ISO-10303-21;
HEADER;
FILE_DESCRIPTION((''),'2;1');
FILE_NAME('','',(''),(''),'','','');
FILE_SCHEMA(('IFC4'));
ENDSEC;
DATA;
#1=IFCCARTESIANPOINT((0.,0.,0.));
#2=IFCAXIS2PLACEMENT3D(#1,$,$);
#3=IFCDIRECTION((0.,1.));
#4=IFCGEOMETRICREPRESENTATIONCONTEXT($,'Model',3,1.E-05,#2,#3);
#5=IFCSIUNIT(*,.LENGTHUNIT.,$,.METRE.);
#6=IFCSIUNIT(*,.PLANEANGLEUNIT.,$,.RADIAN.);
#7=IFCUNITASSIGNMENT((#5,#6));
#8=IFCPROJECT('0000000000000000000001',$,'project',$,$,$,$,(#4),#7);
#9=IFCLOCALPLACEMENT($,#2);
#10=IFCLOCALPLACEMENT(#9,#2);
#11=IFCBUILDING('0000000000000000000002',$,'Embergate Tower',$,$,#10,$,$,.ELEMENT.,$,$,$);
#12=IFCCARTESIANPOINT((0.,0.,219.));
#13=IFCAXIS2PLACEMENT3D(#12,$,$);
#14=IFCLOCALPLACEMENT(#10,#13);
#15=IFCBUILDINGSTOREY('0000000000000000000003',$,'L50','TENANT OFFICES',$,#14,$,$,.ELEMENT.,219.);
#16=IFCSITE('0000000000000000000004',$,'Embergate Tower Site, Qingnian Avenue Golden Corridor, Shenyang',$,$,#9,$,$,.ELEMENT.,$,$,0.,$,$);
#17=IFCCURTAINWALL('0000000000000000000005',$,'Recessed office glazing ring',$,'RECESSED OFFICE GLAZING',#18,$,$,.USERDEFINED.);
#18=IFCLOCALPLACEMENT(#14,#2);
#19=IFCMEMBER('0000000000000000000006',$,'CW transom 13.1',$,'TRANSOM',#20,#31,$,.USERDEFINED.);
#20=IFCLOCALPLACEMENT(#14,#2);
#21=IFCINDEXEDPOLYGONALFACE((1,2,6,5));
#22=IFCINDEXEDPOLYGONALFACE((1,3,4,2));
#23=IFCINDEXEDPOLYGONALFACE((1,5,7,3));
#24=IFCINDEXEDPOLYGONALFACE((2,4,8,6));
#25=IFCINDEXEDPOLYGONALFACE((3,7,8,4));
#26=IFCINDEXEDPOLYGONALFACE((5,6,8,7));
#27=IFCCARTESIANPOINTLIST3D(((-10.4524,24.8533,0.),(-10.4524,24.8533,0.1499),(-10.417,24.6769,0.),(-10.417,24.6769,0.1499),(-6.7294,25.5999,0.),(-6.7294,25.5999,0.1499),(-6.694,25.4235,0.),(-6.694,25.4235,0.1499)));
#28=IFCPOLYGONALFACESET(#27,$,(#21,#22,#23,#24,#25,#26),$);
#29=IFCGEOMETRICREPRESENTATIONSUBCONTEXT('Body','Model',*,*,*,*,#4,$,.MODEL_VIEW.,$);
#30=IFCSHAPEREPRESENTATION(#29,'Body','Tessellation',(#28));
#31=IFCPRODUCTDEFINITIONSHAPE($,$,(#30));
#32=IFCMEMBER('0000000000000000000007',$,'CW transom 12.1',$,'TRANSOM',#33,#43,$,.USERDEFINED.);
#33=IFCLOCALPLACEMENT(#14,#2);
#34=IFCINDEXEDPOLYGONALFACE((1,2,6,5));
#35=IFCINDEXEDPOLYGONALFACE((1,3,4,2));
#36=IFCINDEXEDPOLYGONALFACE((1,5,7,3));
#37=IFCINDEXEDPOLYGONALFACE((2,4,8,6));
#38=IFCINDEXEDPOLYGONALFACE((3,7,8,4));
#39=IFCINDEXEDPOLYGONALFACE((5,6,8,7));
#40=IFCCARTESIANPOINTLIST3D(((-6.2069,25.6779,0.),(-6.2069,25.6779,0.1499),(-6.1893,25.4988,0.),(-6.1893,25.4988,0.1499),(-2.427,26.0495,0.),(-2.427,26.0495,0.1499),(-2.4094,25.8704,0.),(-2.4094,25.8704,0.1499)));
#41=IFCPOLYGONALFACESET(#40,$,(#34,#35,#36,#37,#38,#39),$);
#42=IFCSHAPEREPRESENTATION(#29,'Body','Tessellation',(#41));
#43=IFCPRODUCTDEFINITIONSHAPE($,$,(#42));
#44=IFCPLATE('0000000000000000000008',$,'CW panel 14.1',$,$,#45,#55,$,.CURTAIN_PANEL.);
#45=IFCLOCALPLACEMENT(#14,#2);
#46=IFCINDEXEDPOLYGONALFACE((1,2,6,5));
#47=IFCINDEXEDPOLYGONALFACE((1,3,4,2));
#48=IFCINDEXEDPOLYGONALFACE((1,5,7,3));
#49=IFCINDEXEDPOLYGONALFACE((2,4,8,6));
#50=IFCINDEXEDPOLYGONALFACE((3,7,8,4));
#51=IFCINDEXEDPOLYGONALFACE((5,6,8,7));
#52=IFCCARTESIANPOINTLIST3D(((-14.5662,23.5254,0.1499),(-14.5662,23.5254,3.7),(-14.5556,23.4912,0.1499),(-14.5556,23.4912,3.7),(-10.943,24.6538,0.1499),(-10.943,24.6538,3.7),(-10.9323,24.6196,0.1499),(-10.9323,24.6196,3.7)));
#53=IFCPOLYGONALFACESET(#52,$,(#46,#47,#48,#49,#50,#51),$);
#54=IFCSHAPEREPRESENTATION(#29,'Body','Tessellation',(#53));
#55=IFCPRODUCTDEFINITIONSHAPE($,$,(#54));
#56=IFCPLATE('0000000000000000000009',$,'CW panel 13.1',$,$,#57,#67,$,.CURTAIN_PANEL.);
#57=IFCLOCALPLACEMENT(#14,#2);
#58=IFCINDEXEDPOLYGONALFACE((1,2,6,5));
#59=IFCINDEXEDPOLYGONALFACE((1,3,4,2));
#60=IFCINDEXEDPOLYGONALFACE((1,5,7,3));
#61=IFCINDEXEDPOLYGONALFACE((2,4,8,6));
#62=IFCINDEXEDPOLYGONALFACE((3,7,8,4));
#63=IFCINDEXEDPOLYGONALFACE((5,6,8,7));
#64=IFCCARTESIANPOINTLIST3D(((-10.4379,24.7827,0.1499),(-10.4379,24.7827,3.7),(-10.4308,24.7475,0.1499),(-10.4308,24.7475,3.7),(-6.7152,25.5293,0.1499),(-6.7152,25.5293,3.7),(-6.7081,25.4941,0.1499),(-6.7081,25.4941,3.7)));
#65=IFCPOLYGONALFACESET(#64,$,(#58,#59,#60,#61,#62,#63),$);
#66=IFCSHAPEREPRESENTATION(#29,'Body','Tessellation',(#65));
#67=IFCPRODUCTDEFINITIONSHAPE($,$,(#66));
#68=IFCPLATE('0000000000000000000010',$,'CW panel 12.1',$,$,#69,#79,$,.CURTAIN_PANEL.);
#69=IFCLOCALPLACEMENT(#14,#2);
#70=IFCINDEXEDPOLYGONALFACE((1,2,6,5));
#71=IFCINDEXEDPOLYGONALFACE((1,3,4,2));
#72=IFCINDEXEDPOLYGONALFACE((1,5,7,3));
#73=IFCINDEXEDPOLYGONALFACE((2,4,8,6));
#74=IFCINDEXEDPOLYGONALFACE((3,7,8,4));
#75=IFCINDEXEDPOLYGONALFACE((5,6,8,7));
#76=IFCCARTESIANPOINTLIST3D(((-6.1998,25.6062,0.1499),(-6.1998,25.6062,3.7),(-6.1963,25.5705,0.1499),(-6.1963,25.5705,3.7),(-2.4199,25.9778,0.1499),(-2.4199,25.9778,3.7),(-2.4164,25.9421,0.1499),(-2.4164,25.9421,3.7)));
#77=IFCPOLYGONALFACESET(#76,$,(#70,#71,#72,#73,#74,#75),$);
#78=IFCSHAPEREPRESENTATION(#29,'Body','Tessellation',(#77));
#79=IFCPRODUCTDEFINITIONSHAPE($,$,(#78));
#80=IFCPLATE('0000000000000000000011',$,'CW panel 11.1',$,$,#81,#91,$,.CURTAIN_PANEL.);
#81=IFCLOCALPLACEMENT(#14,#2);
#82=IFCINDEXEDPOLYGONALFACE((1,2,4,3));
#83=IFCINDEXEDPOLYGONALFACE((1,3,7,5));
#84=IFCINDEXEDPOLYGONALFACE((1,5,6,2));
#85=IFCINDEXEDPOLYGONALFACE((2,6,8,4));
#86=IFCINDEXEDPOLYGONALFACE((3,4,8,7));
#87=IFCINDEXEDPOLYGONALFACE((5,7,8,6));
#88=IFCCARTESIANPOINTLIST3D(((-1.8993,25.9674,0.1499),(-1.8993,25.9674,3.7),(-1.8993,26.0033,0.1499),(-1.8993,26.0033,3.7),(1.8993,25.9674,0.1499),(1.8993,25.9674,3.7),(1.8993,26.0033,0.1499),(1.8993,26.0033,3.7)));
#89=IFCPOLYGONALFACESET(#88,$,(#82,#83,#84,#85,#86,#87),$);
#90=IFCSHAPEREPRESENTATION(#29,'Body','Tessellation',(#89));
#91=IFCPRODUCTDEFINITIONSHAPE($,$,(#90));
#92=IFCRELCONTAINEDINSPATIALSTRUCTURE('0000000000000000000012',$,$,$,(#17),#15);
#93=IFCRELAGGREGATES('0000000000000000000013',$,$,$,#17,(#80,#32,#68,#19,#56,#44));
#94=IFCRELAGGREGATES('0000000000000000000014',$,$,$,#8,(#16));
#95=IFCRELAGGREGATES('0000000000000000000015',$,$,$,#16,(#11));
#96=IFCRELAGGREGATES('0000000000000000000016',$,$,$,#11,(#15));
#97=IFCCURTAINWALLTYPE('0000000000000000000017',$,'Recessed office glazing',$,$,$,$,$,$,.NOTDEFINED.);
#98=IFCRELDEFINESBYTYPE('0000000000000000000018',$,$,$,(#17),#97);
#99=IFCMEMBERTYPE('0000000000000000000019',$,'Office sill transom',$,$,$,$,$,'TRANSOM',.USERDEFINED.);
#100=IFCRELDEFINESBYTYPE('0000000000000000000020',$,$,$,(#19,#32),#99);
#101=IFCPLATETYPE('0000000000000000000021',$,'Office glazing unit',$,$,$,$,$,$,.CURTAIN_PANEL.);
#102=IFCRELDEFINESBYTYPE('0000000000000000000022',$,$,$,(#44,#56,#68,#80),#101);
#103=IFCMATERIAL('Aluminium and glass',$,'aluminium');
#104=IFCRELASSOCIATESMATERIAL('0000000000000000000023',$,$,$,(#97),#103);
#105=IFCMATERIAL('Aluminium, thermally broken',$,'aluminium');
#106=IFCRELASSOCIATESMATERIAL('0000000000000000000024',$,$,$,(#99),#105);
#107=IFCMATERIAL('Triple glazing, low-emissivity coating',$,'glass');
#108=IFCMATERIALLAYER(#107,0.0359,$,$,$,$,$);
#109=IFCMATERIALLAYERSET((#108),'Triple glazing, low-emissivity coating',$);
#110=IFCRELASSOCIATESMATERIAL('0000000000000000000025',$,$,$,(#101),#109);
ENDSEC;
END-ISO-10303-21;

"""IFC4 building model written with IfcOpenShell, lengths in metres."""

from ifc_helpers import new_model, si_unit, direction, frame, origin, origin_2d, place, context, subcontext, project, spatial, rectangle, extrude, source, transform, mapped, material, layer, layer_set, material_profile, profile_set, type_object, element, aggregate, save


model = new_model("IFC4")

# Units and contexts
model_context = context("Model", 3, precision=1e-05, world=origin(), true_north=direction((0.0, 1.0)))
body_context = subcontext(model_context, "Body", "Model", "MODEL_VIEW")
ifc_project = project(units=[si_unit("LENGTHUNIT", "METRE"), si_unit("PLANEANGLEUNIT", "RADIAN")], contexts=[model_context])

# Site, building, storey
site_placement = place(None, origin())
site = spatial("IfcSite", under=ifc_project, at=site_placement, Name="Embergate Tower Site, Qingnian Avenue Golden Corridor, Shenyang", CompositionType="ELEMENT", RefElevation=0.0)
building_placement = place(site_placement, origin())
building = spatial("IfcBuilding", under=site, at=building_placement, Name="Embergate Tower", CompositionType="ELEMENT")
storey_placement = place(building_placement, frame((0.0, 0.0, 219.0)))
storey = spatial("IfcBuildingStorey", under=building, at=storey_placement, Name="L50", Description="TENANT OFFICES", CompositionType="ELEMENT", Elevation=219.0)

# Curtain wall, members, plates
ifc_material_1 = material(Name="Aluminium and glass", Category="aluminium")
curtain_wall_type = type_object("IfcCurtainWallType", Name="Recessed office glazing", PredefinedType="NOTDEFINED", material=ifc_material_1)
curtain_wall_placement = place(storey_placement, origin())
curtain_wall = element("IfcCurtainWall", 1, at=curtain_wall_placement, inside=storey, type_object=curtain_wall_type, Name="Recessed office glazing ring", ObjectType="RECESSED OFFICE GLAZING", PredefinedType="USERDEFINED")
ifc_material_2 = material(Name="Aluminium, thermally broken", Category="aluminium")
ifc_material_profile_1 = material_profile(ifc_material_2, rectangle(XDim=0.1799, YDim=0.1499, at=origin_2d()), Name="AL 150x180")
ifc_profile_set_1 = profile_set([ifc_material_profile_1], Name="Aluminium, thermally broken")
member_type_1 = type_object("IfcMemberType", Name="Office sill transom", ElementType="TRANSOM", PredefinedType="USERDEFINED", material=ifc_profile_set_1)
shared_shape_1 = source(origin(), body_context, "Body", "SweptSolid", [
    extrude(rectangle(XDim=0.1799, YDim=0.1499, at=origin_2d()), origin(), (0.0, 0.0, 1.0), 3.7971),
])
member_1_placement = place(storey_placement, frame((-6.7117, 25.5117, 0.075), z_axis=(-0.980479, -0.196623, 0.0), x_axis=(0.196623, -0.980479, 0.0)))
member_1 = element("IfcMember", 2, at=member_1_placement, type_object=member_type_1, Name="CW transom 13.1", ObjectType="TRANSOM", PredefinedType="USERDEFINED", context=body_context, shape_type="MappedRepresentation", body=[
    mapped(shared_shape_1, transform((0.0, 0.0, 0.0))),
])
shared_shape_2 = source(origin(), body_context, "Body", "SweptSolid", [
    extrude(rectangle(XDim=0.1799, YDim=0.1499, at=origin_2d()), origin(), (0.0, 0.0, 1.0), 3.7981),
])
member_2_placement = place(storey_placement, frame((-2.4182, 25.96, 0.075), z_axis=(-0.995203, -0.097836, 0.0), x_axis=(0.097836, -0.995203, 0.0)))
member_2 = element("IfcMember", 3, at=member_2_placement, type_object=member_type_1, Name="CW transom 12.1", ObjectType="TRANSOM", PredefinedType="USERDEFINED", context=body_context, shape_type="MappedRepresentation", body=[
    mapped(shared_shape_2, transform((0.0, 0.0, 0.0))),
])
ifc_material_3 = material(Name="Triple glazing, low-emissivity coating", Category="glass")
ifc_layer_1 = layer(ifc_material_3, 0.0359)
ifc_layer_set_1 = layer_set([ifc_layer_1], Name="Triple glazing, low-emissivity coating")
plate_type = type_object("IfcPlateType", Name="Office glazing unit", PredefinedType="CURTAIN_PANEL", material=ifc_layer_set_1)
shared_shape_3 = source(origin(), body_context, "Body", "SweptSolid", [
    extrude(rectangle(XDim=3.7949, YDim=0.0359, at=origin_2d()), origin(), (0.0, 0.0, 1.0), 3.55),
])
plate_1_placement = place(storey_placement, frame((-12.7493, 24.0725, 0.1499), z_axis=(0.0, 0.0, 1.0), x_axis=(-0.954771, -0.297343, 0.0)))
plate_1 = element("IfcPlate", 4, at=plate_1_placement, type_object=plate_type, Name="CW panel 14.1", PredefinedType="CURTAIN_PANEL", context=body_context, shape_type="MappedRepresentation", body=[
    mapped(shared_shape_3, transform((0.0, 0.0, 0.0))),
])
shared_shape_4 = source(origin(), body_context, "Body", "SweptSolid", [
    extrude(rectangle(XDim=3.7969, YDim=0.0359, at=origin_2d()), origin(), (0.0, 0.0, 1.0), 3.55),
])
plate_2_placement = place(storey_placement, frame((-8.573, 25.1384, 0.1499), z_axis=(0.0, 0.0, 1.0), x_axis=(-0.980475, -0.196643, 0.0)))
plate_2 = element("IfcPlate", 5, at=plate_2_placement, type_object=plate_type, Name="CW panel 13.1", PredefinedType="CURTAIN_PANEL", context=body_context, shape_type="MappedRepresentation", body=[
    mapped(shared_shape_4, transform((0.0, 0.0, 0.0))),
])
shared_shape_5 = source(origin(), body_context, "Body", "SweptSolid", [
    extrude(rectangle(XDim=3.7981, YDim=0.0359, at=origin_2d()), origin(), (0.0, 0.0, 1.0), 3.55),
])
plate_3_placement = place(storey_placement, frame((-4.3081, 25.7742, 0.1499), z_axis=(0.0, 0.0, 1.0), x_axis=(-0.995203, -0.097831, 0.0)))
plate_3 = element("IfcPlate", 6, at=plate_3_placement, type_object=plate_type, Name="CW panel 12.1", PredefinedType="CURTAIN_PANEL", context=body_context, shape_type="MappedRepresentation", body=[
    mapped(shared_shape_5, transform((0.0, 0.0, 0.0))),
])
shared_shape_6 = source(origin(), body_context, "Body", "SweptSolid", [
    extrude(rectangle(XDim=3.7986, YDim=0.0359, at=origin_2d()), origin(), (0.0, 0.0, 1.0), 3.55),
])
plate_4_placement = place(storey_placement, frame((0.0, 25.9854, 0.1499), z_axis=(0.0, 0.0, 1.0), x_axis=(-1.0, 0.0, 0.0)))
plate_4 = element("IfcPlate", 7, at=plate_4_placement, type_object=plate_type, Name="CW panel 11.1", PredefinedType="CURTAIN_PANEL", context=body_context, shape_type="MappedRepresentation", body=[
    mapped(shared_shape_6, transform((0.0, 0.0, 0.0))),
])
aggregate(curtain_wall, [plate_4, member_2, plate_3, member_1, plate_2, plate_1])

save(model, "model.ifc")
